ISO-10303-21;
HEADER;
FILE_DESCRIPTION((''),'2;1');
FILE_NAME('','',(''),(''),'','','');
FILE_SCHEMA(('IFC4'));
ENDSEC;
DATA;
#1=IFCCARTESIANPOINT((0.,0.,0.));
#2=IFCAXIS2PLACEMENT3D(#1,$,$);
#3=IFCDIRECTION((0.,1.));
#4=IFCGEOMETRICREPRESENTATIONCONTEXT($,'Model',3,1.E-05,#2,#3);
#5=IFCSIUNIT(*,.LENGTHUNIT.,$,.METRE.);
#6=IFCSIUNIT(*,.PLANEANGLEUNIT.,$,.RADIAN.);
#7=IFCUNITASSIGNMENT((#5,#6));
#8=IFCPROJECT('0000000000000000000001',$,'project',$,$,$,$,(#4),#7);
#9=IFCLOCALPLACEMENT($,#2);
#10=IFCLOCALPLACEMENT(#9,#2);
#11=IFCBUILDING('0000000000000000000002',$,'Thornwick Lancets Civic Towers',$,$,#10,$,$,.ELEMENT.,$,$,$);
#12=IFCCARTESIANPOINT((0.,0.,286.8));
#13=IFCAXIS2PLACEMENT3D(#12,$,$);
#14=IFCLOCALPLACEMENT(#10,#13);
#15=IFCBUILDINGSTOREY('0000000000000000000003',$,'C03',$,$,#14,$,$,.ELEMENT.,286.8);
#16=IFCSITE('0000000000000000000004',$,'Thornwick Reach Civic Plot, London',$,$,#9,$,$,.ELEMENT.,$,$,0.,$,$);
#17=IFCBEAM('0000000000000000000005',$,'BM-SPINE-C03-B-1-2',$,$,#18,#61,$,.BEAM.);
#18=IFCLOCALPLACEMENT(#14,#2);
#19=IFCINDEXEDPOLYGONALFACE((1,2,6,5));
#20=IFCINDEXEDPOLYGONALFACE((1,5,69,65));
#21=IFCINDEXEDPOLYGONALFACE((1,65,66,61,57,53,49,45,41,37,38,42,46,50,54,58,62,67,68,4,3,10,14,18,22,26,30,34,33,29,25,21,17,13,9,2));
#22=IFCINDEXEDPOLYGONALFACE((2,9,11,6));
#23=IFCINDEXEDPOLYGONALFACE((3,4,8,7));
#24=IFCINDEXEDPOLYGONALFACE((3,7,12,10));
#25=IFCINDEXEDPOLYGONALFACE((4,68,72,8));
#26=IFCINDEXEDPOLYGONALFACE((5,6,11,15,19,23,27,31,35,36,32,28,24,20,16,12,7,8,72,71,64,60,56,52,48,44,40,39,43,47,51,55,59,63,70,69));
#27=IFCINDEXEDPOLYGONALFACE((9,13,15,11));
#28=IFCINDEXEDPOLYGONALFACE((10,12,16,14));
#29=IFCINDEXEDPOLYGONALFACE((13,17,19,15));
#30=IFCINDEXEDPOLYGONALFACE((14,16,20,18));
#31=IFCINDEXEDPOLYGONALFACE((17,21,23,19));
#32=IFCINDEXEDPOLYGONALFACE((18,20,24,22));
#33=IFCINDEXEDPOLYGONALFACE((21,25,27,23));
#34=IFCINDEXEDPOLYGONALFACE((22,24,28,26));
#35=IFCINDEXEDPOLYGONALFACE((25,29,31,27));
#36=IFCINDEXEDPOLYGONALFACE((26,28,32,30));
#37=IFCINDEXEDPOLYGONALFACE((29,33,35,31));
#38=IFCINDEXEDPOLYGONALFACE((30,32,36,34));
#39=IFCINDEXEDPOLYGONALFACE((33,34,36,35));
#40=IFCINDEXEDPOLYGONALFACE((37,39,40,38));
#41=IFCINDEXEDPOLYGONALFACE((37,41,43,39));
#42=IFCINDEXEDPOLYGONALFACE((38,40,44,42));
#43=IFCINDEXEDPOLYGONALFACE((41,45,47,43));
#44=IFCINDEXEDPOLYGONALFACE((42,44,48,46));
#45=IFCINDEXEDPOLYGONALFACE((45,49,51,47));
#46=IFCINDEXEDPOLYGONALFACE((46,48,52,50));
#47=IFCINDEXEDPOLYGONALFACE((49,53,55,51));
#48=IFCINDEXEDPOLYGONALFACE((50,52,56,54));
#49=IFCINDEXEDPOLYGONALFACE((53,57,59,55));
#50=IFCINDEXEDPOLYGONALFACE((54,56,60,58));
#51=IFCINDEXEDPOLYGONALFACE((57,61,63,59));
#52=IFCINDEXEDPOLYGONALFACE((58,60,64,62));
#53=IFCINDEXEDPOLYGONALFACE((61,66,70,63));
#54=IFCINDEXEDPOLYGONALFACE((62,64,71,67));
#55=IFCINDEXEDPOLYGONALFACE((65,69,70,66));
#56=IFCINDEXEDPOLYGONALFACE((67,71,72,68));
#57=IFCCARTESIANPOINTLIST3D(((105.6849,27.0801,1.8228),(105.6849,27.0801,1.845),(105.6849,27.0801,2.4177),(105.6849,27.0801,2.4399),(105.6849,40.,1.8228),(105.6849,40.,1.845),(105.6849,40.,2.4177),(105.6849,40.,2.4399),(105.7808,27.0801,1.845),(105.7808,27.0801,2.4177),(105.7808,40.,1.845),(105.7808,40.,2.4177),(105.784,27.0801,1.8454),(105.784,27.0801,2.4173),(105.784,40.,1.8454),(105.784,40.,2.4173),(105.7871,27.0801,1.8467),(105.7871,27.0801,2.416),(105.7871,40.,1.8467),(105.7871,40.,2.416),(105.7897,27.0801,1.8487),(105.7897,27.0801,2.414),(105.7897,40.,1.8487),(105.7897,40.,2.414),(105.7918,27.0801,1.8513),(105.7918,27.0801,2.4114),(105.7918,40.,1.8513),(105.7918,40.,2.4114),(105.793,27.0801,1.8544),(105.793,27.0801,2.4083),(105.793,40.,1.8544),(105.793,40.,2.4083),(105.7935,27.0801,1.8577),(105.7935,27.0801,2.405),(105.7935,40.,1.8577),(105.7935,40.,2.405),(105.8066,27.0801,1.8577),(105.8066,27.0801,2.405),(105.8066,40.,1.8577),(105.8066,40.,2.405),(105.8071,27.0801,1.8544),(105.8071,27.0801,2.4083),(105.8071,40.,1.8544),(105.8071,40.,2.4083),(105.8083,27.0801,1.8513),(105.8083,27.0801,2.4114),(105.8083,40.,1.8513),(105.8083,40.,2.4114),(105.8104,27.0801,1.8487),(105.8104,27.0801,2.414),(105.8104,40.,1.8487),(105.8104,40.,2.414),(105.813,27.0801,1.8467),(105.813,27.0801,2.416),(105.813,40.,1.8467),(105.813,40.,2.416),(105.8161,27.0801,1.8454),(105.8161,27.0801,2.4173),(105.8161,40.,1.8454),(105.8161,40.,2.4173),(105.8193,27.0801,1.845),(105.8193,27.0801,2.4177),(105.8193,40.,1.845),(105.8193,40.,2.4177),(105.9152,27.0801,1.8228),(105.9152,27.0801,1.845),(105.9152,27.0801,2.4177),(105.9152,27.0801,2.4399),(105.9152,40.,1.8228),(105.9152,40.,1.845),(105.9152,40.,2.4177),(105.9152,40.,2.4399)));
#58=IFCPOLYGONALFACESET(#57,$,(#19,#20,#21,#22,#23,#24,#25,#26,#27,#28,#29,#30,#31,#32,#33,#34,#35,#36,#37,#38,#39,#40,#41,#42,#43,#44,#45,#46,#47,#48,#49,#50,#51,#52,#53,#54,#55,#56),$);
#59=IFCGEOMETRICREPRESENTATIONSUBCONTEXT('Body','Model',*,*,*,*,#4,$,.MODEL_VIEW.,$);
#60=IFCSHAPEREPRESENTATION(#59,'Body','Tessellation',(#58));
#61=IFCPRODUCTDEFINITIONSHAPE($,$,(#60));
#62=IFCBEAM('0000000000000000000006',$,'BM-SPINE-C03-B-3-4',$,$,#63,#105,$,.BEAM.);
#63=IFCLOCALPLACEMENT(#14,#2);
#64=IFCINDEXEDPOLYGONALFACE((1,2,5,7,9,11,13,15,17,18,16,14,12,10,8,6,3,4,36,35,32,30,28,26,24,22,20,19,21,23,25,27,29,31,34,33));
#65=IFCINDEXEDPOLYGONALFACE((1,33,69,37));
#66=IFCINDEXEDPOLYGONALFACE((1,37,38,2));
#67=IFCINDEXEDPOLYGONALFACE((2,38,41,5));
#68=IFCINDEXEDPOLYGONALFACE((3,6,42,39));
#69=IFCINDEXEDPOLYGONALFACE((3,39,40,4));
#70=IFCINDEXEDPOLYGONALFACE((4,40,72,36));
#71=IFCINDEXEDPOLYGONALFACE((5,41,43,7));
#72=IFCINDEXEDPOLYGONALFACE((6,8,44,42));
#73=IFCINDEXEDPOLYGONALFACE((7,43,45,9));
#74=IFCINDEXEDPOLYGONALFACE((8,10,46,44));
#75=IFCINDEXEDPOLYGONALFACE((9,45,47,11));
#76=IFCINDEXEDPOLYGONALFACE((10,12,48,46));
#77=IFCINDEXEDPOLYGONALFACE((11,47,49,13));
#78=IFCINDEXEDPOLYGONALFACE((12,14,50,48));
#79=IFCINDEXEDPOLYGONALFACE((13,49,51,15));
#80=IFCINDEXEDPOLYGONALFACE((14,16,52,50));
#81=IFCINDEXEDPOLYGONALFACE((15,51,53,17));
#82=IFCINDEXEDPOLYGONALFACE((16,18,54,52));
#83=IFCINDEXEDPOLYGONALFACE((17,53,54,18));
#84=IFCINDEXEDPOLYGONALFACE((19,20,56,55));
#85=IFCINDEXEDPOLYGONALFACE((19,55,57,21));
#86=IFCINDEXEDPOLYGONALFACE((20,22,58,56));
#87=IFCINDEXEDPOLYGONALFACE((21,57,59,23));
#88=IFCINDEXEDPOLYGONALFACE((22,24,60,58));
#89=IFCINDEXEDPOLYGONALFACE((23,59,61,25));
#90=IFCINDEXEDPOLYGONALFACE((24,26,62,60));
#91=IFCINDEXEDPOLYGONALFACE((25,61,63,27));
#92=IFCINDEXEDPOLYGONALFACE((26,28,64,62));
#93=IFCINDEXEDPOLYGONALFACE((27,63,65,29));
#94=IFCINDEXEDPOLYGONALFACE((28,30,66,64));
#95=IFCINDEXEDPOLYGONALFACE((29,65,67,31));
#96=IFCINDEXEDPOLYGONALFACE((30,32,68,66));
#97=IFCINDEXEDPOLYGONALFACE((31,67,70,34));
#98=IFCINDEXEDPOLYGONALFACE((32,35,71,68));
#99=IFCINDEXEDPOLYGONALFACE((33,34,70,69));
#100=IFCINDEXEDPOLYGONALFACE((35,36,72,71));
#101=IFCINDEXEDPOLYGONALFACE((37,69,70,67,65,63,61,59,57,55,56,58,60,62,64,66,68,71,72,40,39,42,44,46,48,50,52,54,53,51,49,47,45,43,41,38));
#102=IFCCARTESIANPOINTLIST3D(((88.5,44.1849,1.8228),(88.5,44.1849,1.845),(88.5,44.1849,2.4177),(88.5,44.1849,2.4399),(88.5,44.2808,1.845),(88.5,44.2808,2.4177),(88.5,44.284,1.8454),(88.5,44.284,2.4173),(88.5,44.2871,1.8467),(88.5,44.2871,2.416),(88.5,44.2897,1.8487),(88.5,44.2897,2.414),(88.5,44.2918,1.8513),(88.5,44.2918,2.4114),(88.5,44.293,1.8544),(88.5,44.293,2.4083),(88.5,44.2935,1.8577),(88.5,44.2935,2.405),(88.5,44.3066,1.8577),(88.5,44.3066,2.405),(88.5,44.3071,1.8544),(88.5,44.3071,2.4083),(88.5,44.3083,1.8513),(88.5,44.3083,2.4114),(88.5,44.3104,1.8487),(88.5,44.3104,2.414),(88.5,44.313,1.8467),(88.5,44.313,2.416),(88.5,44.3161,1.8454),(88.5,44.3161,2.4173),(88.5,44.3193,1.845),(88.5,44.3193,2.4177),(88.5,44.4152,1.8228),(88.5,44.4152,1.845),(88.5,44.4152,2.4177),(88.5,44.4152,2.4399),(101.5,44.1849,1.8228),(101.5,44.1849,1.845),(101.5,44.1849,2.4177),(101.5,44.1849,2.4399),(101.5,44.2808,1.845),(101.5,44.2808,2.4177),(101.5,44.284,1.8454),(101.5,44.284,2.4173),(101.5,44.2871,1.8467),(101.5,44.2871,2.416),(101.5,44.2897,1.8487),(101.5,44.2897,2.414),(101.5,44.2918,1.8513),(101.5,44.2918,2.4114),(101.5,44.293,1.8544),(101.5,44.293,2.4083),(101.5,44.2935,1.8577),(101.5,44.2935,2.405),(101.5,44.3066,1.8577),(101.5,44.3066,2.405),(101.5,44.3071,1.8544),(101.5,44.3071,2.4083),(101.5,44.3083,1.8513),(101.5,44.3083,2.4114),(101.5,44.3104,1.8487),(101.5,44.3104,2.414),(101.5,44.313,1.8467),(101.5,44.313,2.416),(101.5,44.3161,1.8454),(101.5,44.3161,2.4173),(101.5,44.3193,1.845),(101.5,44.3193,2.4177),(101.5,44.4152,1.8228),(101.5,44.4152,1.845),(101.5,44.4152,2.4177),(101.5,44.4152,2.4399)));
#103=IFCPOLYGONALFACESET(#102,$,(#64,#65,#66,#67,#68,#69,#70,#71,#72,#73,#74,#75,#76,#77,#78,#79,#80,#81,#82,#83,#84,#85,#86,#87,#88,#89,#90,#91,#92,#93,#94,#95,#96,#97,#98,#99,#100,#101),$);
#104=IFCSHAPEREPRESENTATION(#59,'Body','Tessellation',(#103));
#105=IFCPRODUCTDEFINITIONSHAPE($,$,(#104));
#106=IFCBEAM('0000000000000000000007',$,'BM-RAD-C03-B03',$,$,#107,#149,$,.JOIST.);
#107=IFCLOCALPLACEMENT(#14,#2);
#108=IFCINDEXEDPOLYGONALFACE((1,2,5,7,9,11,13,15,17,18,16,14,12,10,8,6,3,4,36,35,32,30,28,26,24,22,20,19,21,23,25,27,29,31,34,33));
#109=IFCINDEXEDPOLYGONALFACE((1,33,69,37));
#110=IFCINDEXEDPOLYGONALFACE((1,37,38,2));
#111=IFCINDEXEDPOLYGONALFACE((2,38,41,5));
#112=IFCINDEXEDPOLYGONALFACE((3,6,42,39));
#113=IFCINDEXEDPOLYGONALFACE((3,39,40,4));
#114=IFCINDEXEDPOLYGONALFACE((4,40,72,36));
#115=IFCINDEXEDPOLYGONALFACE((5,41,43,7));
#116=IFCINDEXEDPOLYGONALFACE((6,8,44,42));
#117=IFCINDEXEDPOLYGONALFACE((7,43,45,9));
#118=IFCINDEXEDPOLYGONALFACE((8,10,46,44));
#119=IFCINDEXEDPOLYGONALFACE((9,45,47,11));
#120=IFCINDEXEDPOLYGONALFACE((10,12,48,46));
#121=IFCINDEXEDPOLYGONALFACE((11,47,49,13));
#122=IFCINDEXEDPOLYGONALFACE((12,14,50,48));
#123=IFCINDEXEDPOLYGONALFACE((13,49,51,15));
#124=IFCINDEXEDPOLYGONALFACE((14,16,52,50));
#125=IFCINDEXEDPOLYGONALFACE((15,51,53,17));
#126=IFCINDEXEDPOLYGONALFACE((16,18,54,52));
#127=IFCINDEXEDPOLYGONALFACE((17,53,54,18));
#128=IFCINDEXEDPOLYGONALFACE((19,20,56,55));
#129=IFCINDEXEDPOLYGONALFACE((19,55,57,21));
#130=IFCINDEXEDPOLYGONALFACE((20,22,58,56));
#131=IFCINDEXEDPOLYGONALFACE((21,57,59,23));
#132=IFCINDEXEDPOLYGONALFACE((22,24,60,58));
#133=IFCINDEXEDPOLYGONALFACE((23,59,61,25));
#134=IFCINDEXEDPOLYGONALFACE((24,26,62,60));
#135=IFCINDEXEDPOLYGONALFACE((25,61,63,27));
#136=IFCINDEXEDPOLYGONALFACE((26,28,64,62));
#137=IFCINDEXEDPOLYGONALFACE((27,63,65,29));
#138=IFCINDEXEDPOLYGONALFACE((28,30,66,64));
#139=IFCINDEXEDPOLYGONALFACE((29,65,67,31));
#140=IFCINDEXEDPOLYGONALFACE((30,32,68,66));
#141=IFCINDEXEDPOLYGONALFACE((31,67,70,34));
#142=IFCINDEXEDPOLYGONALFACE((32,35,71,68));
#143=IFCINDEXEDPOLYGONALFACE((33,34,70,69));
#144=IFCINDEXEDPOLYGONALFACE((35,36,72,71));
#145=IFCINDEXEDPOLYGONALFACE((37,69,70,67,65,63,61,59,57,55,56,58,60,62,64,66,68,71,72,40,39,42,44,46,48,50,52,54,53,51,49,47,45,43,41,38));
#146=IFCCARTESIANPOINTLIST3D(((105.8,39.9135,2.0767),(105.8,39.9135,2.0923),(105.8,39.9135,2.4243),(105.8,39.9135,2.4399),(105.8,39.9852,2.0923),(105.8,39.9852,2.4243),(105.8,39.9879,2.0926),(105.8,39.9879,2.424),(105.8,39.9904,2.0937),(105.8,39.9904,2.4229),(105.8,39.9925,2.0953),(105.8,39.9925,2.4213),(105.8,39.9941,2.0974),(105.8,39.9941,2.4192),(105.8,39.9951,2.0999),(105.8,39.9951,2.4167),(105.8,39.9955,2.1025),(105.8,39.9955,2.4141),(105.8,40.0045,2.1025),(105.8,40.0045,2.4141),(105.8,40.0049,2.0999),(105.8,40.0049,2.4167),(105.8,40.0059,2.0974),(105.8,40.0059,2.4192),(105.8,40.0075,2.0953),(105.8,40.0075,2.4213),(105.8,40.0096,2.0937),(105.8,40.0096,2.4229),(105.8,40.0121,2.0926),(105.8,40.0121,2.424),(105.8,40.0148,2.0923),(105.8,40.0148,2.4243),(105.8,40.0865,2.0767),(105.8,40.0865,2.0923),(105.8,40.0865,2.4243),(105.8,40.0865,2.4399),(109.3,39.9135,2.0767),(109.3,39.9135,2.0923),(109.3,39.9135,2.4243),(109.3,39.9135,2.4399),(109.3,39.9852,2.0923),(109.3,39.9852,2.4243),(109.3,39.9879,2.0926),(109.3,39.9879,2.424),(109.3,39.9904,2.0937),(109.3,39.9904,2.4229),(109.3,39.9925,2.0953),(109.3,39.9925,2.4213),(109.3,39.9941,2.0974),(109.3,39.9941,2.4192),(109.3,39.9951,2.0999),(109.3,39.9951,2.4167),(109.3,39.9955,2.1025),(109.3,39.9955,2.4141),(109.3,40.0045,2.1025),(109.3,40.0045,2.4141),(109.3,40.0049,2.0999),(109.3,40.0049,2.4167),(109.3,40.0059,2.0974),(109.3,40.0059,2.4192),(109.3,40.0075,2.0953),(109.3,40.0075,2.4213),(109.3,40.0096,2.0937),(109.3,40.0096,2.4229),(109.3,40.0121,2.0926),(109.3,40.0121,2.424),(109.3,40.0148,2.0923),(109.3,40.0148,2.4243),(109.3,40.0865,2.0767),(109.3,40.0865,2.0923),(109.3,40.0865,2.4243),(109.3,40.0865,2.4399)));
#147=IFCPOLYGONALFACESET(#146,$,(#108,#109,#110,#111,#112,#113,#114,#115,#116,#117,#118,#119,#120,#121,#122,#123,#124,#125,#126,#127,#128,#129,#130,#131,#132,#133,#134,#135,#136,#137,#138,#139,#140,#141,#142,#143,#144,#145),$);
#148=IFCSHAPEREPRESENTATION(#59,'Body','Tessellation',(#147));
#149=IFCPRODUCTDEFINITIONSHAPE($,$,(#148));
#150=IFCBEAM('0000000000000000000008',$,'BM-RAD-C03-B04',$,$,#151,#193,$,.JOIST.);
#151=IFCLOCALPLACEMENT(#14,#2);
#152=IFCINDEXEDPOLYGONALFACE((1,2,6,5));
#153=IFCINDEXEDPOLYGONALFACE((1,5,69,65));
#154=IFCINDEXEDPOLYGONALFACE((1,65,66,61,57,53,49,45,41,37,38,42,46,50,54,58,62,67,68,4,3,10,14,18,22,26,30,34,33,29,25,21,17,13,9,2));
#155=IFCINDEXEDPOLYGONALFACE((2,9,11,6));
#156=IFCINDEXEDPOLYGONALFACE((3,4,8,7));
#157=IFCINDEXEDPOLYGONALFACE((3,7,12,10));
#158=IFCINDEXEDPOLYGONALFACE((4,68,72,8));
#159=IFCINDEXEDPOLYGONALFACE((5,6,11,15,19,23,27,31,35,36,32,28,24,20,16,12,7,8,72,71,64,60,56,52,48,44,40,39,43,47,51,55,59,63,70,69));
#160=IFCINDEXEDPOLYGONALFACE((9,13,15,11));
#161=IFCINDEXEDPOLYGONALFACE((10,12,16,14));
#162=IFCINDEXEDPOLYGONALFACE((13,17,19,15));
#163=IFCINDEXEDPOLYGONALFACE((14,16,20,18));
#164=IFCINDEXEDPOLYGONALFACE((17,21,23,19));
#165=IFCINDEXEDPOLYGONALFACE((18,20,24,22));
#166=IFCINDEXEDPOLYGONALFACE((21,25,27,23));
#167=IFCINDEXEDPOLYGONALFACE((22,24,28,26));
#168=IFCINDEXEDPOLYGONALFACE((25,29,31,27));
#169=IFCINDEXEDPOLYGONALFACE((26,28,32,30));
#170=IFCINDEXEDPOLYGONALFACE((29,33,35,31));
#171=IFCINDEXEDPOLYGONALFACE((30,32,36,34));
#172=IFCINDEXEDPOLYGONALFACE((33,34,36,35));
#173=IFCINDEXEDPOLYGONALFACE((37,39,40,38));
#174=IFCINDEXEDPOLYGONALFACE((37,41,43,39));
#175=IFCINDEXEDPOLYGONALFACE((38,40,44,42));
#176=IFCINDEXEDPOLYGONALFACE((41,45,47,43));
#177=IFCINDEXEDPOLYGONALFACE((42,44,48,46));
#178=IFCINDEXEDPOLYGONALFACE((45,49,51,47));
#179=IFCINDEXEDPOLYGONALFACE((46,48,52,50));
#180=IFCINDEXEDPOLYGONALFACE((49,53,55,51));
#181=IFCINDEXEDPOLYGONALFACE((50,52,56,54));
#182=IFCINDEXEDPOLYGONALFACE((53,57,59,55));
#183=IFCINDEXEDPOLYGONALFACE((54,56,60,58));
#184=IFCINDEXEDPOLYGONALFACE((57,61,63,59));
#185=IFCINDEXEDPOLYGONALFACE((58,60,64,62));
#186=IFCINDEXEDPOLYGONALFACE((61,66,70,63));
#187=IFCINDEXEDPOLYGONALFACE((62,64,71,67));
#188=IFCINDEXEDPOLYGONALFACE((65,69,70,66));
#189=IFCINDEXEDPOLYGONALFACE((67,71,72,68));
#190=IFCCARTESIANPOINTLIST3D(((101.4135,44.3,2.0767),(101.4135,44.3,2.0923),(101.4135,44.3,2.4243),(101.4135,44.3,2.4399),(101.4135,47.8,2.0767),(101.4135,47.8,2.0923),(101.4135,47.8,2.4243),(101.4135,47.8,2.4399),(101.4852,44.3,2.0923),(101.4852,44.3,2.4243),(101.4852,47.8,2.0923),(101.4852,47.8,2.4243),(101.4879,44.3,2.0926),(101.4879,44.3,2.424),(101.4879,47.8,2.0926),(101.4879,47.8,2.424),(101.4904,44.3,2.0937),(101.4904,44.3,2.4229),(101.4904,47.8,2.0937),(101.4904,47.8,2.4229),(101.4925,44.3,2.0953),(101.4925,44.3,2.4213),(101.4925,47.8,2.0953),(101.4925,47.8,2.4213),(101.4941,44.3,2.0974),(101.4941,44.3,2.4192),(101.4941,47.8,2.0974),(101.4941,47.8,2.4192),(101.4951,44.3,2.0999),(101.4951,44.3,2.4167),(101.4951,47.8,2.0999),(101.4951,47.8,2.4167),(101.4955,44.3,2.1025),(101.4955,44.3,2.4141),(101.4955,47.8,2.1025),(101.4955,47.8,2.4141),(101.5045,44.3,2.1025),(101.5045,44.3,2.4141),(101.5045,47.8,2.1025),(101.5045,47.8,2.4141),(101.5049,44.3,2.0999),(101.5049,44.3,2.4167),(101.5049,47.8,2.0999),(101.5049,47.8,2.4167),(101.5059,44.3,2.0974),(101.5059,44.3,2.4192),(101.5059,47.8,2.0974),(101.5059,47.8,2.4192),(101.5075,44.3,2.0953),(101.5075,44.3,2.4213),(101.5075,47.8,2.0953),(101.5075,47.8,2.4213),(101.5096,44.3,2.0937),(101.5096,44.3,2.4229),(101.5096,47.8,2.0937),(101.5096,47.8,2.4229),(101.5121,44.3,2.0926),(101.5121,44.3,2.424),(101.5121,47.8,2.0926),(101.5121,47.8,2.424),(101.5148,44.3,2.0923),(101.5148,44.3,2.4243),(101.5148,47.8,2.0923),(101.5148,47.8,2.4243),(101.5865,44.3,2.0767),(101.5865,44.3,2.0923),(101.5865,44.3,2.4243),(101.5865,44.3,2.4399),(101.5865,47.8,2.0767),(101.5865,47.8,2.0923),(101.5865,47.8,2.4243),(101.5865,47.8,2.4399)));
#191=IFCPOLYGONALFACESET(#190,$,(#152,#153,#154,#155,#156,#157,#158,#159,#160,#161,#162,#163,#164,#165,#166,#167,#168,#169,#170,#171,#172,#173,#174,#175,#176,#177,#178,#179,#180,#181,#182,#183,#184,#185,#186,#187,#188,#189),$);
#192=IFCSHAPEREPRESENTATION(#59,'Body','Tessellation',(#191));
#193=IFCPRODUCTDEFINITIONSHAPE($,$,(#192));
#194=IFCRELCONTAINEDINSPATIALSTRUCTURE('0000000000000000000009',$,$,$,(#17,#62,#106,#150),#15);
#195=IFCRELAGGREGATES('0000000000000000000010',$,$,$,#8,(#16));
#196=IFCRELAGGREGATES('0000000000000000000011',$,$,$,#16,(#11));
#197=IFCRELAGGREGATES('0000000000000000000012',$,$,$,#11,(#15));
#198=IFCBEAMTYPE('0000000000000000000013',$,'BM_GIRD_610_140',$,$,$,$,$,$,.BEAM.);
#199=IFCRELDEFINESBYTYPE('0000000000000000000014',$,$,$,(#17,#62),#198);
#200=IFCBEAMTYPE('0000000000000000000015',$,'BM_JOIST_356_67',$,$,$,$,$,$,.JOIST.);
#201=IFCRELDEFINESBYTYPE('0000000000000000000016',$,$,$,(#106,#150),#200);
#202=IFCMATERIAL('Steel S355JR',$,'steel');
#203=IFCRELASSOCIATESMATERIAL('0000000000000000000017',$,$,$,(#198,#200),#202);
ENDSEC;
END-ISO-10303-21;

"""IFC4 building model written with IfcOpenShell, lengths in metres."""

from ifc_helpers import new_model, si_unit, direction, frame, origin, origin_2d, place, context, subcontext, project, spatial, i_section, extrude, material, material_profile, profile_set, type_object, element, save


model = new_model("IFC4")

# Units and contexts
model_context = context("Model", 3, precision=1e-05, world=origin(), true_north=direction((0.0, 1.0)))
body_context = subcontext(model_context, "Body", "Model", "MODEL_VIEW")
ifc_project = project(units=[si_unit("LENGTHUNIT", "METRE"), si_unit("PLANEANGLEUNIT", "RADIAN")], contexts=[model_context])

# Site, building, storey
site_placement = place(None, origin())
site = spatial("IfcSite", under=ifc_project, at=site_placement, Name="Thornwick Reach Civic Plot, London", CompositionType="ELEMENT", RefElevation=0.0)
building_placement = place(site_placement, origin())
building = spatial("IfcBuilding", under=site, at=building_placement, Name="Thornwick Lancets Civic Towers", CompositionType="ELEMENT")
storey_placement = place(building_placement, frame((0.0, 0.0, 286.8)))
storey = spatial("IfcBuildingStorey", under=building, at=storey_placement, Name="C03", CompositionType="ELEMENT", Elevation=286.8)

# Shared definitions
ifc_material_1 = material(Name="Steel S355JR", Category="steel")

# Beams
ifc_material_profile_1 = material_profile(ifc_material_1, i_section(OverallWidth=0.2302, OverallDepth=0.6172, WebThickness=0.0132, FlangeThickness=0.0222, FilletRadius=0.0127, at=origin_2d()), Name="UKB 610x229x140")
ifc_profile_set_1 = profile_set([ifc_material_profile_1], Name="Steel S355JR")
beam_type_1 = type_object("IfcBeamType", Name="BM_GIRD_610_140", PredefinedType="BEAM", material=ifc_profile_set_1)
beam_1_placement = place(storey_placement, frame((105.8, 27.0801, 2.1313), z_axis=(0.0, 1.0, 0.0), x_axis=(-1.0, 0.0, 0.0)))
element("IfcBeam", 1, at=beam_1_placement, inside=storey, type_object=beam_type_1, Name="BM-SPINE-C03-B-1-2", PredefinedType="BEAM", context=body_context, shape_type="SweptSolid", body=[
    extrude(i_section(OverallWidth=0.2302, OverallDepth=0.6172, WebThickness=0.0132, FlangeThickness=0.0222, FilletRadius=0.0127, at=origin_2d()), origin(), (0.0, 0.0, 1.0), 12.9199),
])
beam_2_placement = place(storey_placement, frame((101.5, 44.3, 2.1313), z_axis=(-1.0, 0.0, 0.0), x_axis=(0.0, -1.0, 0.0)))
element("IfcBeam", 2, at=beam_2_placement, inside=storey, type_object=beam_type_1, Name="BM-SPINE-C03-B-3-4", PredefinedType="BEAM", context=body_context, shape_type="SweptSolid", body=[
    extrude(i_section(OverallWidth=0.2302, OverallDepth=0.6172, WebThickness=0.0132, FlangeThickness=0.0222, FilletRadius=0.0127, at=origin_2d()), origin(), (0.0, 0.0, 1.0), 13.0),
])
ifc_material_profile_2 = material_profile(ifc_material_1, i_section(OverallWidth=0.1731, OverallDepth=0.3633, WebThickness=0.009, FlangeThickness=0.0156, FilletRadius=0.0103, at=origin_2d()), Name="UKB 356x171x67")
ifc_profile_set_2 = profile_set([ifc_material_profile_2], Name="Steel S355JR")
beam_type_2 = type_object("IfcBeamType", Name="BM_JOIST_356_67", PredefinedType="JOIST", material=ifc_profile_set_2)
for number, where, z_axis, x_axis, name in (
    (3, (105.8, 40.0, 2.2583), (1.0, 0.0, 0.0), (0.0, 1.0, 0.0), "BM-RAD-C03-B03"),
    (4, (101.5, 44.3, 2.2583), (0.0, 1.0, 0.0), (-1.0, 0.0, 0.0), "BM-RAD-C03-B04"),
):
    element("IfcBeam", number, at=place(storey_placement, frame(where, z_axis=z_axis, x_axis=x_axis)), inside=storey, type_object=beam_type_2, Name=name, PredefinedType="JOIST", context=body_context, shape_type="SweptSolid", body=[
        extrude(i_section(OverallWidth=0.1731, OverallDepth=0.3633, WebThickness=0.009, FlangeThickness=0.0156, FilletRadius=0.0103, at=origin_2d()), origin(), (0.0, 0.0, 1.0), 3.5),
    ])

save(model, "model.ifc")
